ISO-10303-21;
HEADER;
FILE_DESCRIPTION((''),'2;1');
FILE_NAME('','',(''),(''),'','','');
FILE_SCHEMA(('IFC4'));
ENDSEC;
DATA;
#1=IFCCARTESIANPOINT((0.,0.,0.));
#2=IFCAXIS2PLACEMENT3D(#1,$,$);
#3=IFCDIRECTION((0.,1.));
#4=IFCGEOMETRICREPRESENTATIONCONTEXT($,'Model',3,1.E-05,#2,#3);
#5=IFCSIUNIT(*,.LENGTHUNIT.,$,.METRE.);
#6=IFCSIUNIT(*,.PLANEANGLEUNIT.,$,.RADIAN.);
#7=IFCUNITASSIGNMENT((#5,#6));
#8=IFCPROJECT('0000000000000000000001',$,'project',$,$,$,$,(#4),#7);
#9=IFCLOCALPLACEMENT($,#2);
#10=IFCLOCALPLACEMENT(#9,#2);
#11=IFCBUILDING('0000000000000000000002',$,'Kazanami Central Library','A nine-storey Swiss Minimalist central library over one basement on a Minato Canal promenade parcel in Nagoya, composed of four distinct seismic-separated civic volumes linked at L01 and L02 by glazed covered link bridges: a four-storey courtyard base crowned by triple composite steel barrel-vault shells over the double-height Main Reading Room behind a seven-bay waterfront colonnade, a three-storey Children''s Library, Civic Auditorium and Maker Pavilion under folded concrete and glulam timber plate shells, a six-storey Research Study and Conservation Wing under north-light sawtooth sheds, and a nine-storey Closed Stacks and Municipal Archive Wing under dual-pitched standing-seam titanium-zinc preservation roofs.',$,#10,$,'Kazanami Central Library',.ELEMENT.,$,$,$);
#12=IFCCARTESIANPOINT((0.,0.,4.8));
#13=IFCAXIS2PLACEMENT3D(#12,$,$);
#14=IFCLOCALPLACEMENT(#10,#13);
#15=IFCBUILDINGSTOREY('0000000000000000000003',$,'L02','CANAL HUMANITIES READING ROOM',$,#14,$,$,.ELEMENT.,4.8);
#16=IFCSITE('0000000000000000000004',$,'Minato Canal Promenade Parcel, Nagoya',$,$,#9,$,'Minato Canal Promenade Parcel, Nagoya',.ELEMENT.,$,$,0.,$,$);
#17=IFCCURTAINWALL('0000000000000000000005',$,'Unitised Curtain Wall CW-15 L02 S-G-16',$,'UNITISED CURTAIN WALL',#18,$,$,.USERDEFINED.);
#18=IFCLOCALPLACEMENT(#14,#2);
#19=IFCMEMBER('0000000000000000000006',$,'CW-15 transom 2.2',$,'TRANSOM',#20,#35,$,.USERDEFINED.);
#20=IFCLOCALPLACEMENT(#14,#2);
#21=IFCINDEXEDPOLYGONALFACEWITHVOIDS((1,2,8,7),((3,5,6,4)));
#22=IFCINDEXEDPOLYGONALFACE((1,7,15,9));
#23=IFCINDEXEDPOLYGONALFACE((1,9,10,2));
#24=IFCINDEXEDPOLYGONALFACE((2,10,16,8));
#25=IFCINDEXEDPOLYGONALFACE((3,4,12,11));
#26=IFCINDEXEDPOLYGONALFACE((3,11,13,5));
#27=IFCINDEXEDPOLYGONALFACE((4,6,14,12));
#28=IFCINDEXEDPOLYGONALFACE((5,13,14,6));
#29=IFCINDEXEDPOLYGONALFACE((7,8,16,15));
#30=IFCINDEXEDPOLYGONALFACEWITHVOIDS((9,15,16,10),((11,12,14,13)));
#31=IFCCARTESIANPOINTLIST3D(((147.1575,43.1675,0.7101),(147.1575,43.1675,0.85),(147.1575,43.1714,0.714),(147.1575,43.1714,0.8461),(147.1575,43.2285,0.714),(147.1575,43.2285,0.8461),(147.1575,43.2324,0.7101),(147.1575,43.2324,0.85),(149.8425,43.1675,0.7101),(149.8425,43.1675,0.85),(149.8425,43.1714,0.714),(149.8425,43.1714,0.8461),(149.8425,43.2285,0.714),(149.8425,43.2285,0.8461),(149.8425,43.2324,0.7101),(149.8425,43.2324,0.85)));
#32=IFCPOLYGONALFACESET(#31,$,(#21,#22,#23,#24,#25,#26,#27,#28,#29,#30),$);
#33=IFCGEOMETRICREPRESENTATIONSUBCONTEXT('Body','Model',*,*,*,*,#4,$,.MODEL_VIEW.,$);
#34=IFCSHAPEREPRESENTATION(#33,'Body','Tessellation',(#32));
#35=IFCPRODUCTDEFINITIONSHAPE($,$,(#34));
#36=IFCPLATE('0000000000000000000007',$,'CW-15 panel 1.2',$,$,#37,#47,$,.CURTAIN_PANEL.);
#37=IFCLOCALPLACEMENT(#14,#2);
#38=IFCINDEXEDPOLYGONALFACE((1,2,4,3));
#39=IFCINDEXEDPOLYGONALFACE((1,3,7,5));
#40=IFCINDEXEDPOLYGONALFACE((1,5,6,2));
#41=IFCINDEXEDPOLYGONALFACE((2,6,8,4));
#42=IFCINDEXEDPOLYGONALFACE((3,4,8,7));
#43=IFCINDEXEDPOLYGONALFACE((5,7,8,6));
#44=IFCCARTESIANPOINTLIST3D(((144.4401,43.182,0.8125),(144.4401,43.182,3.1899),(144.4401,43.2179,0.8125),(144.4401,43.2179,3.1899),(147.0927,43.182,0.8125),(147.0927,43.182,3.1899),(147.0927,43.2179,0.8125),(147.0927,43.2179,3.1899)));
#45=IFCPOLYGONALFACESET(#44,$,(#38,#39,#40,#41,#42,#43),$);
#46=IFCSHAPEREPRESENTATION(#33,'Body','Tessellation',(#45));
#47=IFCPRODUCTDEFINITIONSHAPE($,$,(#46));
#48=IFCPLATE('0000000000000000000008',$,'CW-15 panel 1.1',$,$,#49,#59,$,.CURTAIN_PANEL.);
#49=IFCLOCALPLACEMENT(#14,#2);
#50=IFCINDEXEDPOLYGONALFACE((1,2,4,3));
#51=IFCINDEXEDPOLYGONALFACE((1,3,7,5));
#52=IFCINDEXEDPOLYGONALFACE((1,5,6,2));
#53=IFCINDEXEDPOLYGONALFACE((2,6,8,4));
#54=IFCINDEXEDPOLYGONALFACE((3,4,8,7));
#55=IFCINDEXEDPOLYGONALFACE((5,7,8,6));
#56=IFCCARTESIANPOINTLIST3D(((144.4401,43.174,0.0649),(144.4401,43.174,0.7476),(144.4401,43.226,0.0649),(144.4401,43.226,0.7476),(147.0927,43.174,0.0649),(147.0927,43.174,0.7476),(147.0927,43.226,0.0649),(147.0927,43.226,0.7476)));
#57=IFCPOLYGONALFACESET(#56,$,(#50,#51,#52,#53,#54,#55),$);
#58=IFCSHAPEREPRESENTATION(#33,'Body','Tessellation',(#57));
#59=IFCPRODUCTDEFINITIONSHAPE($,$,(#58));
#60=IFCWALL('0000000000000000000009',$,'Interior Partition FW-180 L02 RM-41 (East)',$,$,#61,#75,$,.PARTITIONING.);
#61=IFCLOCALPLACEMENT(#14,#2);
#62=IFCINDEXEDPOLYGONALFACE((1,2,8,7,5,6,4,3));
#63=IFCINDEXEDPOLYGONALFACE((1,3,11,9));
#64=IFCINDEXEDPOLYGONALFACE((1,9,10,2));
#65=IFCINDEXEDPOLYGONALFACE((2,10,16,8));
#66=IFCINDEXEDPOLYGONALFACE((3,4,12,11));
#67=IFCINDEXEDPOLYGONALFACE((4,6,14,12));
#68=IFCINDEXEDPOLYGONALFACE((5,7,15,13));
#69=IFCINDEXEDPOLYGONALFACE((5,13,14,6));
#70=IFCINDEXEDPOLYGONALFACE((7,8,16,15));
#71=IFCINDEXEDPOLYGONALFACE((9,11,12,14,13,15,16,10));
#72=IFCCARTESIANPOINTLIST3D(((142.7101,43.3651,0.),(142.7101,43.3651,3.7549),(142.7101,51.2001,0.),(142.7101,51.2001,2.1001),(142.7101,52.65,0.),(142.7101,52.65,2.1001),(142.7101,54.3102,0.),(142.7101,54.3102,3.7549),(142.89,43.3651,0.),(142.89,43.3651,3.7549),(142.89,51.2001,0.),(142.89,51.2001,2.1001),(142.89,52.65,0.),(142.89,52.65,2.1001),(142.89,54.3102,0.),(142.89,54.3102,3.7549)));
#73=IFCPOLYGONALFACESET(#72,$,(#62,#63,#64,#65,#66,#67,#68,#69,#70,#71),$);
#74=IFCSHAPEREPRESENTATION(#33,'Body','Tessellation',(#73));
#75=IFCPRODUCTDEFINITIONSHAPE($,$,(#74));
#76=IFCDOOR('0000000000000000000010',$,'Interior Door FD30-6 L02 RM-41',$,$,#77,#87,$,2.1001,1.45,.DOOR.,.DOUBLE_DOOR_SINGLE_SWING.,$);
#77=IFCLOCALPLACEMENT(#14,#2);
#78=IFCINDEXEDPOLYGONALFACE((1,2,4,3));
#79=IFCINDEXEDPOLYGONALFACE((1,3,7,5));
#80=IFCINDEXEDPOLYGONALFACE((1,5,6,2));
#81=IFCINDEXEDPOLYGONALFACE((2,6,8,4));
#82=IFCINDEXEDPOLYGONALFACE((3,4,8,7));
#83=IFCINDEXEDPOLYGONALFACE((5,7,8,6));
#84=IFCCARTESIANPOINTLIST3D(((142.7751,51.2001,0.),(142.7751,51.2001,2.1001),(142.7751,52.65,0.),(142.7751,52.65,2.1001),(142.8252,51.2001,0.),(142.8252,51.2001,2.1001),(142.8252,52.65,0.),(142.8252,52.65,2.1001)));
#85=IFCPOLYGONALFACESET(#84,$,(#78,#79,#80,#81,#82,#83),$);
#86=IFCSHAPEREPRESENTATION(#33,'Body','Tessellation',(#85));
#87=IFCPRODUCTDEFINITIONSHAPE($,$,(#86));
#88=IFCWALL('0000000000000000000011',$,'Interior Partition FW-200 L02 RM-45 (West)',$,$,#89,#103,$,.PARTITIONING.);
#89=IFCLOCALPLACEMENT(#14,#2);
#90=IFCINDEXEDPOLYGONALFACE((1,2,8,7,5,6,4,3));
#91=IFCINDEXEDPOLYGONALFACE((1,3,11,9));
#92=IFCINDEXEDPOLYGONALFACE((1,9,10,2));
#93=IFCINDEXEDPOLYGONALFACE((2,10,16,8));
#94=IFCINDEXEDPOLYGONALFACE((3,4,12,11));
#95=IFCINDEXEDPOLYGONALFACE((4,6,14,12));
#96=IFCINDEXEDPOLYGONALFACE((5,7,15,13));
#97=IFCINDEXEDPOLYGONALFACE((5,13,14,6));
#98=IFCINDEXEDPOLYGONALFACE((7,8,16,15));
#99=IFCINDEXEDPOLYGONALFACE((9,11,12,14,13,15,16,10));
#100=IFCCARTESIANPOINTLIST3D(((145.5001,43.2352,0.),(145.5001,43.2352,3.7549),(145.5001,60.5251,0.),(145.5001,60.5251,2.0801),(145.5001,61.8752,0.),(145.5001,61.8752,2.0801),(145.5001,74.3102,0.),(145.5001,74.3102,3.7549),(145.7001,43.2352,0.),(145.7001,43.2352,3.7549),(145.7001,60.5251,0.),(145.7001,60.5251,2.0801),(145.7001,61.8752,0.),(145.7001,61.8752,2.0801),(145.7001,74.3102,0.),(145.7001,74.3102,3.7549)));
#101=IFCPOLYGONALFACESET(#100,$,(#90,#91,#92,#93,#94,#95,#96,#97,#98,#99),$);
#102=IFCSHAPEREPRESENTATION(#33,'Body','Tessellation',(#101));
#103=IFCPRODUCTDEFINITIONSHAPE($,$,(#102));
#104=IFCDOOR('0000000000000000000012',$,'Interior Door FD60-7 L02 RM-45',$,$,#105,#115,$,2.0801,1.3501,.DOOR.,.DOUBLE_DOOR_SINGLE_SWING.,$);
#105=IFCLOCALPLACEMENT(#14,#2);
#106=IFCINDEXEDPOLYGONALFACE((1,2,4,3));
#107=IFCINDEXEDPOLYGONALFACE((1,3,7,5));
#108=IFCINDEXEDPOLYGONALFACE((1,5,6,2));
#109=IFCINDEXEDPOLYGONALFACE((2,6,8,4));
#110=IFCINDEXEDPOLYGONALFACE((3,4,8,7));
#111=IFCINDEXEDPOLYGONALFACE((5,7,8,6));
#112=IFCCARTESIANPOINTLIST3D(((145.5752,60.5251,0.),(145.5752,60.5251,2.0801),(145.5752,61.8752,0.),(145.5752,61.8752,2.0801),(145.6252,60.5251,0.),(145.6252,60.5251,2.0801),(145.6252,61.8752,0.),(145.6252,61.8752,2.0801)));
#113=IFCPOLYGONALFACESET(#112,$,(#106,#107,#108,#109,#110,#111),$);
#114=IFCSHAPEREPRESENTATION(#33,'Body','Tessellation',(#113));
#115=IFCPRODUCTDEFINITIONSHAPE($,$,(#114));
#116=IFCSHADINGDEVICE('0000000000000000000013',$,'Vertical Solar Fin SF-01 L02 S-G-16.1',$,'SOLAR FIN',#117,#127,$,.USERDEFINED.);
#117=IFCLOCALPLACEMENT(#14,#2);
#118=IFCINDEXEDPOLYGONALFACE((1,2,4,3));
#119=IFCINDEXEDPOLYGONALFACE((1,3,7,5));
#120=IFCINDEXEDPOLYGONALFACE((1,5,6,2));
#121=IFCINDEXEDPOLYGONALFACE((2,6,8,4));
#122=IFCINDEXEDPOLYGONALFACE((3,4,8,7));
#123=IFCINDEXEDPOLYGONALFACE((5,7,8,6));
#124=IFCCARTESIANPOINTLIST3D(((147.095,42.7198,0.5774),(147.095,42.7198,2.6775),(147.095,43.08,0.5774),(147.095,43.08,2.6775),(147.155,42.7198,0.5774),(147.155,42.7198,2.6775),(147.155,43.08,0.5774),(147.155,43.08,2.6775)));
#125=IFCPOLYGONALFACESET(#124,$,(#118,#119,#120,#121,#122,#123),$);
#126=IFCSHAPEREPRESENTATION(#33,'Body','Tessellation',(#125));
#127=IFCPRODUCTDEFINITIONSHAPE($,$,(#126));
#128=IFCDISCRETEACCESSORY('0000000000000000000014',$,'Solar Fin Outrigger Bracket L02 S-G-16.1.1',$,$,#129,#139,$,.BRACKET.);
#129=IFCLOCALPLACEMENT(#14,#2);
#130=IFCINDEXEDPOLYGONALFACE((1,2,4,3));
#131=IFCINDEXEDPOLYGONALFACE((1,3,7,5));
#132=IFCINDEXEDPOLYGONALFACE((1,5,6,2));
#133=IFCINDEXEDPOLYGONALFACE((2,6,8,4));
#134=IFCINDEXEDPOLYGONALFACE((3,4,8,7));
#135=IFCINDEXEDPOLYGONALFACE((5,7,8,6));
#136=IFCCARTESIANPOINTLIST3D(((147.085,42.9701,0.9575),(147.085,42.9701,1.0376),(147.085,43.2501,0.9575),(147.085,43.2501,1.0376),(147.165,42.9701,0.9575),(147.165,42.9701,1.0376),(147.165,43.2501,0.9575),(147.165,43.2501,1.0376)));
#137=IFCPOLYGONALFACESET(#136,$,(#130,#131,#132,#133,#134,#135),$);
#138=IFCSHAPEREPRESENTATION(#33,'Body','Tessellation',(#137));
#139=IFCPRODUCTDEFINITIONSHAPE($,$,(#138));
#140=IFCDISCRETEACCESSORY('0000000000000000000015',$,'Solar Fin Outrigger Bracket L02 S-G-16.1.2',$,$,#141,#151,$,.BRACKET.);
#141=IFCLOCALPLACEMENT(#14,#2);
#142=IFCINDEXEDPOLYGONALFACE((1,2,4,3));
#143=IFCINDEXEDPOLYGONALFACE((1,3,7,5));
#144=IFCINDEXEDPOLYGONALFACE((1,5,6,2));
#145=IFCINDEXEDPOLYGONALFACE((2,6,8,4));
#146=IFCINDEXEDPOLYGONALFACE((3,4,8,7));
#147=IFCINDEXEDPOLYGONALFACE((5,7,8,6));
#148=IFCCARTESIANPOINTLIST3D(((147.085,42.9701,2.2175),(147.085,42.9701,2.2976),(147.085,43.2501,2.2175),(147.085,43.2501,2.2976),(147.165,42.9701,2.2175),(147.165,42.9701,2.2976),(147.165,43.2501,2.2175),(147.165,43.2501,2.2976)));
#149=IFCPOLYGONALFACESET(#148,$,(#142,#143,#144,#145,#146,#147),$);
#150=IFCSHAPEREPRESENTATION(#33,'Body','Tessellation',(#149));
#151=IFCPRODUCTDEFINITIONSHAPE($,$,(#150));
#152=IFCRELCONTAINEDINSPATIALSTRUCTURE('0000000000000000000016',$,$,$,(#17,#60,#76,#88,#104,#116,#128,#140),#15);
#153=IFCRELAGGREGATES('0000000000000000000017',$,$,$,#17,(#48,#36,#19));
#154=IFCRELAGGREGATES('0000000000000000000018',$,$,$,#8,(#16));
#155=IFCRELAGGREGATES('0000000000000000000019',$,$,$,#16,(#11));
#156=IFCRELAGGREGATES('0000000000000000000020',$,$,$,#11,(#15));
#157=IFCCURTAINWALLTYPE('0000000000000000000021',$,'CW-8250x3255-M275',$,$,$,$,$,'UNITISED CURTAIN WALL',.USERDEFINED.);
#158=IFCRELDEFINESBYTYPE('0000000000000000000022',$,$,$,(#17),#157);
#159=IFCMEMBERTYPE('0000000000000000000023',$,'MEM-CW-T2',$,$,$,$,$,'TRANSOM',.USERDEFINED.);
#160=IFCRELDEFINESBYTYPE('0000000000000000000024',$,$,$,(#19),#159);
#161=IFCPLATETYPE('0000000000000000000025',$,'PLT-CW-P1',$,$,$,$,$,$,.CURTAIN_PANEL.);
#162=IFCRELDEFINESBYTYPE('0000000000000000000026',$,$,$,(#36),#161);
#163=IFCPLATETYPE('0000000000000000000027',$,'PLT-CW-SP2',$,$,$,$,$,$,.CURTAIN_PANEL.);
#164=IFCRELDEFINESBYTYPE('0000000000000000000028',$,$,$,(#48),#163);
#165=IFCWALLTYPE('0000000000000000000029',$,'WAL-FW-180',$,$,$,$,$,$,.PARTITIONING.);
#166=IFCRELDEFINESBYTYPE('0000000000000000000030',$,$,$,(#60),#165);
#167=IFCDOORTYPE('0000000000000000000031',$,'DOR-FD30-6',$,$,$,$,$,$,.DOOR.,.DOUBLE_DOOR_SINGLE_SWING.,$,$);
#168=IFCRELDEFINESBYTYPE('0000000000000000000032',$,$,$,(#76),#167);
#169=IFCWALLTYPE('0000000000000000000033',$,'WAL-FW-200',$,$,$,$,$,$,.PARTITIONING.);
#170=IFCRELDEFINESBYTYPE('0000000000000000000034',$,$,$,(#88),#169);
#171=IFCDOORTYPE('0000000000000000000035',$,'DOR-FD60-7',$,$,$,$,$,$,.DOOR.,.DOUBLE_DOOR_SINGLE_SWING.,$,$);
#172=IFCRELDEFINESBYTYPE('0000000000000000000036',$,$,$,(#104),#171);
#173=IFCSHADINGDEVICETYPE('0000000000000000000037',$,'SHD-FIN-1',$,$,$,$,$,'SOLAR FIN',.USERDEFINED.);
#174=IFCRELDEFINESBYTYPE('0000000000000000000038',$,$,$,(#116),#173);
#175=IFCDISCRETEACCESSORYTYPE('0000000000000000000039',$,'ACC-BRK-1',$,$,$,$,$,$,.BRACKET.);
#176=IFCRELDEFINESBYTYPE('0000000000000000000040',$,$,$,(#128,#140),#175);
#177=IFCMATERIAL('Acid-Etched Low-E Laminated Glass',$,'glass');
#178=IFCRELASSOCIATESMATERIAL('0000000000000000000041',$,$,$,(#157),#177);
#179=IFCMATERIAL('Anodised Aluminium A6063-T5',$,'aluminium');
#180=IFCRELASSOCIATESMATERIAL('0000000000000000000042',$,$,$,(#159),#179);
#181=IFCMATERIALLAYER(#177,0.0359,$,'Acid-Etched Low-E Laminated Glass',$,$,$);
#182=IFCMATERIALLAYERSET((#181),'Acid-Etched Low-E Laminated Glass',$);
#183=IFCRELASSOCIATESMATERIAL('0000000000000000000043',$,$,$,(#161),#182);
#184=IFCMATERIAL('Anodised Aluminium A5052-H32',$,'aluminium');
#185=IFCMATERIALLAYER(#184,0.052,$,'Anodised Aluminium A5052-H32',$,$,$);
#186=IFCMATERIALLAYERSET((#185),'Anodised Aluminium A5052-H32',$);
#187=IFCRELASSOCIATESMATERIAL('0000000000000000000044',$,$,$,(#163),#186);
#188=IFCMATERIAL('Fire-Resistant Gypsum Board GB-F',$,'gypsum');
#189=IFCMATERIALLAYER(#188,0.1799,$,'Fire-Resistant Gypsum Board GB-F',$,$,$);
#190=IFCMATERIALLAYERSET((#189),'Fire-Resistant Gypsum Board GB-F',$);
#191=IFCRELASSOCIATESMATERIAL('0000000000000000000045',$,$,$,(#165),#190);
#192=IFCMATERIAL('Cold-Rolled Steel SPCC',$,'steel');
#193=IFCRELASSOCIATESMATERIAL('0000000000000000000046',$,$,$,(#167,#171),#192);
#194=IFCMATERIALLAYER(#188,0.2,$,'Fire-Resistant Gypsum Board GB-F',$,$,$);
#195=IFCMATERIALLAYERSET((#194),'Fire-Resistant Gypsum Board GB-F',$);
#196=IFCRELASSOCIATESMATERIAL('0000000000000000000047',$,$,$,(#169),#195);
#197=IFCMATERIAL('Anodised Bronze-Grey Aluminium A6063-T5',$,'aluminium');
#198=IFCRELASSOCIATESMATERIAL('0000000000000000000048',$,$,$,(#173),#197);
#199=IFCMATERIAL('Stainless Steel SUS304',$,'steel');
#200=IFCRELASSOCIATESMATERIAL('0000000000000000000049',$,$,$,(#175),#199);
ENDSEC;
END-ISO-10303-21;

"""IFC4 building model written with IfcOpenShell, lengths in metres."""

from ifc_helpers import new_model, si_unit, direction, frame, frame_2d, origin, origin_2d, place, context, subcontext, project, spatial, rectangle, hollow_rectangle, extrude, material, layer, layer_set, material_profile, profile_set, type_object, element, fill, aggregate, save


model = new_model("IFC4")

# Units and contexts
model_context = context("Model", 3, precision=1e-05, world=origin(), true_north=direction((0.0, 1.0)))
body_context = subcontext(model_context, "Body", "Model", "MODEL_VIEW")
ifc_project = project(units=[si_unit("LENGTHUNIT", "METRE"), si_unit("PLANEANGLEUNIT", "RADIAN")], contexts=[model_context])

# Site, building, storey
site_placement = place(None, origin())
site = spatial("IfcSite", under=ifc_project, at=site_placement, Name="Minato Canal Promenade Parcel, Nagoya", LongName="Minato Canal Promenade Parcel, Nagoya", CompositionType="ELEMENT", RefElevation=0.0)
building_placement = place(site_placement, origin())
building = spatial("IfcBuilding", under=site, at=building_placement, Name="Kazanami Central Library", Description="A nine-storey Swiss Minimalist central library over one basement on a Minato Canal promenade parcel in Nagoya, composed of four distinct seismic-separated civic volumes linked at L01 and L02 by glazed covered link bridges: a four-storey courtyard base crowned by triple composite steel barrel-vault shells over the double-height Main Reading Room behind a seven-bay waterfront colonnade, a three-storey Children's Library, Civic Auditorium and Maker Pavilion under folded concrete and glulam timber plate shells, a six-storey Research Study and Conservation Wing under north-light sawtooth sheds, and a nine-storey Closed Stacks and Municipal Archive Wing under dual-pitched standing-seam titanium-zinc preservation roofs.", LongName="Kazanami Central Library", CompositionType="ELEMENT")
storey_placement = place(building_placement, frame((0.0, 0.0, 4.8)))
storey = spatial("IfcBuildingStorey", under=building, at=storey_placement, Name="L02", Description="CANAL HUMANITIES READING ROOM", CompositionType="ELEMENT", Elevation=4.8)

# Curtain wall, member, plates
ifc_material_1 = material(Name="Acid-Etched Low-E Laminated Glass", Category="glass")
curtain_wall_type = type_object("IfcCurtainWallType", Name="CW-8250x3255-M275", ElementType="UNITISED CURTAIN WALL", PredefinedType="USERDEFINED", material=ifc_material_1)
curtain_wall_placement = place(storey_placement, origin())
curtain_wall = element("IfcCurtainWall", 1, at=curtain_wall_placement, inside=storey, type_object=curtain_wall_type, Name="Unitised Curtain Wall CW-15 L02 S-G-16", ObjectType="UNITISED CURTAIN WALL", PredefinedType="USERDEFINED")
ifc_material_2 = material(Name="Anodised Aluminium A6063-T5", Category="aluminium")
ifc_material_profile_1 = material_profile(ifc_material_2, hollow_rectangle(XDim=0.0649, YDim=0.1399, WallThickness=0.0039, at=origin_2d()), Name="ALU-TRAN-65x140x4")
ifc_profile_set_1 = profile_set([ifc_material_profile_1], Name="Anodised Aluminium A6063-T5")
member_type_1 = type_object("IfcMemberType", Name="MEM-CW-T2", ElementType="TRANSOM", PredefinedType="USERDEFINED", material=ifc_profile_set_1)
member_1_placement = place(storey_placement, frame((147.1575, 43.2, 0.78), z_axis=(1.0, 0.0, 0.0), x_axis=(0.0, 1.0, 0.0)))
member_1 = element("IfcMember", 2, at=member_1_placement, type_object=member_type_1, Name="CW-15 transom 2.2", ObjectType="TRANSOM", PredefinedType="USERDEFINED", context=body_context, shape_type="SweptSolid", body=[
    extrude(hollow_rectangle(XDim=0.0649, YDim=0.1399, WallThickness=0.0039, at=origin_2d()), origin(), (0.0, 0.0, 1.0), 2.6851),
])
ifc_layer_1 = layer(ifc_material_1, 0.0359, Name="Acid-Etched Low-E Laminated Glass")
ifc_layer_set_1 = layer_set([ifc_layer_1], Name="Acid-Etched Low-E Laminated Glass")
plate_type_1 = type_object("IfcPlateType", Name="PLT-CW-P1", PredefinedType="CURTAIN_PANEL", material=ifc_layer_set_1)
plate_1_placement = place(storey_placement, frame((145.7664, 43.2, 0.8125), z_axis=(0.0, 0.0, 1.0), x_axis=(1.0, 0.0, 0.0)))
plate_1 = element("IfcPlate", 3, at=plate_1_placement, type_object=plate_type_1, Name="CW-15 panel 1.2", PredefinedType="CURTAIN_PANEL", context=body_context, shape_type="SweptSolid", body=[
    extrude(rectangle(XDim=2.6526, YDim=0.0359, at=origin_2d()), origin(), (0.0, 0.0, 1.0), 2.3774),
])
ifc_material_3 = material(Name="Anodised Aluminium A5052-H32", Category="aluminium")
ifc_layer_2 = layer(ifc_material_3, 0.052, Name="Anodised Aluminium A5052-H32")
ifc_layer_set_2 = layer_set([ifc_layer_2], Name="Anodised Aluminium A5052-H32")
plate_type_2 = type_object("IfcPlateType", Name="PLT-CW-SP2", PredefinedType="CURTAIN_PANEL", material=ifc_layer_set_2)
plate_2_placement = place(storey_placement, frame((145.7664, 43.2, 0.0649), z_axis=(0.0, 0.0, 1.0), x_axis=(1.0, 0.0, 0.0)))
plate_2 = element("IfcPlate", 4, at=plate_2_placement, type_object=plate_type_2, Name="CW-15 panel 1.1", PredefinedType="CURTAIN_PANEL", context=body_context, shape_type="SweptSolid", body=[
    extrude(rectangle(XDim=2.6526, YDim=0.052, at=origin_2d()), origin(), (0.0, 0.0, 1.0), 0.6826),
])
aggregate(curtain_wall, [plate_2, plate_1, member_1])

# Walls, openings, doors
ifc_material_4 = material(Name="Fire-Resistant Gypsum Board GB-F", Category="gypsum")
ifc_layer_3 = layer(ifc_material_4, 0.1799, Name="Fire-Resistant Gypsum Board GB-F")
ifc_layer_set_3 = layer_set([ifc_layer_3], Name="Fire-Resistant Gypsum Board GB-F")
wall_type_1 = type_object("IfcWallType", Name="WAL-FW-180", PredefinedType="PARTITIONING", material=ifc_layer_set_3)
wall_1_placement = place(storey_placement, frame((142.8, 43.365, 0.0), z_axis=(0.0, 0.0, 1.0), x_axis=(0.0, 1.0, 0.0)))
wall_1 = element("IfcWall", 5, at=wall_1_placement, inside=storey, type_object=wall_type_1, Name="Interior Partition FW-180 L02 RM-41 (East)", PredefinedType="PARTITIONING", context=body_context, shape_type="SweptSolid", body=[
    extrude(rectangle(XDim=10.9451, YDim=0.1799, at=frame_2d((5.4727, 0.0))), origin(), (0.0, 0.0, 1.0), 3.7549),
])
opening_1_placement = place(wall_1_placement, frame((7.835, 0.0, 0.0)))
opening_1 = element("IfcOpeningElement", 6, at=opening_1_placement, cuts=wall_1, PredefinedType="OPENING", context=body_context, shape_type="SweptSolid", body=[
    extrude(rectangle(XDim=1.45, YDim=2.1001, at=frame_2d((0.7251, 1.05))), frame((0.0, 0.1021, 0.0), z_axis=(0.0, -1.0, 0.0), x_axis=(1.0, 0.0, 0.0)), (0.0, 0.0, 1.0), 0.2039),
])
ifc_material_5 = material(Name="Cold-Rolled Steel SPCC", Category="steel")
door_type_1 = type_object("IfcDoorType", Name="DOR-FD30-6", OperationType="DOUBLE_DOOR_SINGLE_SWING", PredefinedType="DOOR", material=ifc_material_5)
door_1_placement = place(opening_1_placement, origin())
door_1 = element("IfcDoor", 7, at=door_1_placement, inside=storey, type_object=door_type_1, Name="Interior Door FD30-6 L02 RM-41", OperationType="DOUBLE_DOOR_SINGLE_SWING", OverallHeight=2.1001, OverallWidth=1.45, PredefinedType="DOOR", context=body_context, shape_type="SweptSolid", body=[
    extrude(rectangle(XDim=1.45, YDim=2.1001, at=frame_2d((0.7251, 1.05))), frame((0.0, 0.0249, 0.0), z_axis=(0.0, -1.0, 0.0), x_axis=(1.0, 0.0, 0.0)), (0.0, 0.0, 1.0), 0.05),
])
fill(opening_1, door_1)
ifc_layer_4 = layer(ifc_material_4, 0.2, Name="Fire-Resistant Gypsum Board GB-F")
ifc_layer_set_4 = layer_set([ifc_layer_4], Name="Fire-Resistant Gypsum Board GB-F")
wall_type_2 = type_object("IfcWallType", Name="WAL-FW-200", PredefinedType="PARTITIONING", material=ifc_layer_set_4)
wall_2_placement = place(storey_placement, frame((145.6001, 43.2351, 0.0), z_axis=(0.0, 0.0, 1.0), x_axis=(0.0, 1.0, 0.0)))
wall_2 = element("IfcWall", 8, at=wall_2_placement, inside=storey, type_object=wall_type_2, Name="Interior Partition FW-200 L02 RM-45 (West)", PredefinedType="PARTITIONING", context=body_context, shape_type="SweptSolid", body=[
    extrude(rectangle(XDim=31.075, YDim=0.2, at=frame_2d((15.5376, 0.0))), origin(), (0.0, 0.0, 1.0), 3.7549),
])
opening_2_placement = place(wall_2_placement, frame((17.29, 0.0, 0.0)))
opening_2 = element("IfcOpeningElement", 9, at=opening_2_placement, cuts=wall_2, PredefinedType="OPENING", context=body_context, shape_type="SweptSolid", body=[
    extrude(rectangle(XDim=1.3501, YDim=2.0801, at=frame_2d((0.675, 1.04))), frame((0.0, 0.1118, 0.0), z_axis=(0.0, -1.0, 0.0), x_axis=(1.0, 0.0, 0.0)), (0.0, 0.0, 1.0), 0.2239),
])
door_type_2 = type_object("IfcDoorType", Name="DOR-FD60-7", OperationType="DOUBLE_DOOR_SINGLE_SWING", PredefinedType="DOOR", material=ifc_material_5)
door_2_placement = place(opening_2_placement, origin())
door_2 = element("IfcDoor", 10, at=door_2_placement, inside=storey, type_object=door_type_2, Name="Interior Door FD60-7 L02 RM-45", OperationType="DOUBLE_DOOR_SINGLE_SWING", OverallHeight=2.0801, OverallWidth=1.3501, PredefinedType="DOOR", context=body_context, shape_type="SweptSolid", body=[
    extrude(rectangle(XDim=1.3501, YDim=2.0801, at=frame_2d((0.675, 1.04))), frame((0.0, 0.0249, 0.0), z_axis=(0.0, -1.0, 0.0), x_axis=(1.0, 0.0, 0.0)), (0.0, 0.0, 1.0), 0.05),
])
fill(opening_2, door_2)

# Shading device
ifc_material_6 = material(Name="Anodised Bronze-Grey Aluminium A6063-T5", Category="aluminium")
shading_device_type = type_object("IfcShadingDeviceType", Name="SHD-FIN-1", ElementType="SOLAR FIN", PredefinedType="USERDEFINED", material=ifc_material_6)
shading_device_placement = place(storey_placement, frame((147.125, 42.8999, 0.5774), z_axis=(0.0, 0.0, 1.0), x_axis=(1.0, 0.0, 0.0)))
element("IfcShadingDevice", 11, at=shading_device_placement, inside=storey, type_object=shading_device_type, Name="Vertical Solar Fin SF-01 L02 S-G-16.1", ObjectType="SOLAR FIN", PredefinedType="USERDEFINED", context=body_context, shape_type="SweptSolid", body=[
    extrude(rectangle(XDim=0.0601, YDim=0.3601, at=origin_2d()), origin(), (0.0, 0.0, 1.0), 2.1001),
])

# Discrete accessories
ifc_material_7 = material(Name="Stainless Steel SUS304", Category="steel")
discrete_accessory_type = type_object("IfcDiscreteAccessoryType", Name="ACC-BRK-1", PredefinedType="BRACKET", material=ifc_material_7)
for number, where, z_axis, x_axis, name in (
    (12, (147.125, 43.1101, 0.9575), (0.0, 0.0, 1.0), (1.0, 0.0, 0.0), "Solar Fin Outrigger Bracket L02 S-G-16.1.1"),
    (13, (147.125, 43.1101, 2.2175), (0.0, 0.0, 1.0), (1.0, 0.0, 0.0), "Solar Fin Outrigger Bracket L02 S-G-16.1.2"),
):
    element("IfcDiscreteAccessory", number, at=place(storey_placement, frame(where, z_axis=z_axis, x_axis=x_axis)), inside=storey, type_object=discrete_accessory_type, Name=name, PredefinedType="BRACKET", context=body_context, shape_type="SweptSolid", body=[
        extrude(rectangle(XDim=0.0801, YDim=0.28, at=origin_2d()), origin(), (0.0, 0.0, 1.0), 0.0801),
    ])

save(model, "model.ifc")
